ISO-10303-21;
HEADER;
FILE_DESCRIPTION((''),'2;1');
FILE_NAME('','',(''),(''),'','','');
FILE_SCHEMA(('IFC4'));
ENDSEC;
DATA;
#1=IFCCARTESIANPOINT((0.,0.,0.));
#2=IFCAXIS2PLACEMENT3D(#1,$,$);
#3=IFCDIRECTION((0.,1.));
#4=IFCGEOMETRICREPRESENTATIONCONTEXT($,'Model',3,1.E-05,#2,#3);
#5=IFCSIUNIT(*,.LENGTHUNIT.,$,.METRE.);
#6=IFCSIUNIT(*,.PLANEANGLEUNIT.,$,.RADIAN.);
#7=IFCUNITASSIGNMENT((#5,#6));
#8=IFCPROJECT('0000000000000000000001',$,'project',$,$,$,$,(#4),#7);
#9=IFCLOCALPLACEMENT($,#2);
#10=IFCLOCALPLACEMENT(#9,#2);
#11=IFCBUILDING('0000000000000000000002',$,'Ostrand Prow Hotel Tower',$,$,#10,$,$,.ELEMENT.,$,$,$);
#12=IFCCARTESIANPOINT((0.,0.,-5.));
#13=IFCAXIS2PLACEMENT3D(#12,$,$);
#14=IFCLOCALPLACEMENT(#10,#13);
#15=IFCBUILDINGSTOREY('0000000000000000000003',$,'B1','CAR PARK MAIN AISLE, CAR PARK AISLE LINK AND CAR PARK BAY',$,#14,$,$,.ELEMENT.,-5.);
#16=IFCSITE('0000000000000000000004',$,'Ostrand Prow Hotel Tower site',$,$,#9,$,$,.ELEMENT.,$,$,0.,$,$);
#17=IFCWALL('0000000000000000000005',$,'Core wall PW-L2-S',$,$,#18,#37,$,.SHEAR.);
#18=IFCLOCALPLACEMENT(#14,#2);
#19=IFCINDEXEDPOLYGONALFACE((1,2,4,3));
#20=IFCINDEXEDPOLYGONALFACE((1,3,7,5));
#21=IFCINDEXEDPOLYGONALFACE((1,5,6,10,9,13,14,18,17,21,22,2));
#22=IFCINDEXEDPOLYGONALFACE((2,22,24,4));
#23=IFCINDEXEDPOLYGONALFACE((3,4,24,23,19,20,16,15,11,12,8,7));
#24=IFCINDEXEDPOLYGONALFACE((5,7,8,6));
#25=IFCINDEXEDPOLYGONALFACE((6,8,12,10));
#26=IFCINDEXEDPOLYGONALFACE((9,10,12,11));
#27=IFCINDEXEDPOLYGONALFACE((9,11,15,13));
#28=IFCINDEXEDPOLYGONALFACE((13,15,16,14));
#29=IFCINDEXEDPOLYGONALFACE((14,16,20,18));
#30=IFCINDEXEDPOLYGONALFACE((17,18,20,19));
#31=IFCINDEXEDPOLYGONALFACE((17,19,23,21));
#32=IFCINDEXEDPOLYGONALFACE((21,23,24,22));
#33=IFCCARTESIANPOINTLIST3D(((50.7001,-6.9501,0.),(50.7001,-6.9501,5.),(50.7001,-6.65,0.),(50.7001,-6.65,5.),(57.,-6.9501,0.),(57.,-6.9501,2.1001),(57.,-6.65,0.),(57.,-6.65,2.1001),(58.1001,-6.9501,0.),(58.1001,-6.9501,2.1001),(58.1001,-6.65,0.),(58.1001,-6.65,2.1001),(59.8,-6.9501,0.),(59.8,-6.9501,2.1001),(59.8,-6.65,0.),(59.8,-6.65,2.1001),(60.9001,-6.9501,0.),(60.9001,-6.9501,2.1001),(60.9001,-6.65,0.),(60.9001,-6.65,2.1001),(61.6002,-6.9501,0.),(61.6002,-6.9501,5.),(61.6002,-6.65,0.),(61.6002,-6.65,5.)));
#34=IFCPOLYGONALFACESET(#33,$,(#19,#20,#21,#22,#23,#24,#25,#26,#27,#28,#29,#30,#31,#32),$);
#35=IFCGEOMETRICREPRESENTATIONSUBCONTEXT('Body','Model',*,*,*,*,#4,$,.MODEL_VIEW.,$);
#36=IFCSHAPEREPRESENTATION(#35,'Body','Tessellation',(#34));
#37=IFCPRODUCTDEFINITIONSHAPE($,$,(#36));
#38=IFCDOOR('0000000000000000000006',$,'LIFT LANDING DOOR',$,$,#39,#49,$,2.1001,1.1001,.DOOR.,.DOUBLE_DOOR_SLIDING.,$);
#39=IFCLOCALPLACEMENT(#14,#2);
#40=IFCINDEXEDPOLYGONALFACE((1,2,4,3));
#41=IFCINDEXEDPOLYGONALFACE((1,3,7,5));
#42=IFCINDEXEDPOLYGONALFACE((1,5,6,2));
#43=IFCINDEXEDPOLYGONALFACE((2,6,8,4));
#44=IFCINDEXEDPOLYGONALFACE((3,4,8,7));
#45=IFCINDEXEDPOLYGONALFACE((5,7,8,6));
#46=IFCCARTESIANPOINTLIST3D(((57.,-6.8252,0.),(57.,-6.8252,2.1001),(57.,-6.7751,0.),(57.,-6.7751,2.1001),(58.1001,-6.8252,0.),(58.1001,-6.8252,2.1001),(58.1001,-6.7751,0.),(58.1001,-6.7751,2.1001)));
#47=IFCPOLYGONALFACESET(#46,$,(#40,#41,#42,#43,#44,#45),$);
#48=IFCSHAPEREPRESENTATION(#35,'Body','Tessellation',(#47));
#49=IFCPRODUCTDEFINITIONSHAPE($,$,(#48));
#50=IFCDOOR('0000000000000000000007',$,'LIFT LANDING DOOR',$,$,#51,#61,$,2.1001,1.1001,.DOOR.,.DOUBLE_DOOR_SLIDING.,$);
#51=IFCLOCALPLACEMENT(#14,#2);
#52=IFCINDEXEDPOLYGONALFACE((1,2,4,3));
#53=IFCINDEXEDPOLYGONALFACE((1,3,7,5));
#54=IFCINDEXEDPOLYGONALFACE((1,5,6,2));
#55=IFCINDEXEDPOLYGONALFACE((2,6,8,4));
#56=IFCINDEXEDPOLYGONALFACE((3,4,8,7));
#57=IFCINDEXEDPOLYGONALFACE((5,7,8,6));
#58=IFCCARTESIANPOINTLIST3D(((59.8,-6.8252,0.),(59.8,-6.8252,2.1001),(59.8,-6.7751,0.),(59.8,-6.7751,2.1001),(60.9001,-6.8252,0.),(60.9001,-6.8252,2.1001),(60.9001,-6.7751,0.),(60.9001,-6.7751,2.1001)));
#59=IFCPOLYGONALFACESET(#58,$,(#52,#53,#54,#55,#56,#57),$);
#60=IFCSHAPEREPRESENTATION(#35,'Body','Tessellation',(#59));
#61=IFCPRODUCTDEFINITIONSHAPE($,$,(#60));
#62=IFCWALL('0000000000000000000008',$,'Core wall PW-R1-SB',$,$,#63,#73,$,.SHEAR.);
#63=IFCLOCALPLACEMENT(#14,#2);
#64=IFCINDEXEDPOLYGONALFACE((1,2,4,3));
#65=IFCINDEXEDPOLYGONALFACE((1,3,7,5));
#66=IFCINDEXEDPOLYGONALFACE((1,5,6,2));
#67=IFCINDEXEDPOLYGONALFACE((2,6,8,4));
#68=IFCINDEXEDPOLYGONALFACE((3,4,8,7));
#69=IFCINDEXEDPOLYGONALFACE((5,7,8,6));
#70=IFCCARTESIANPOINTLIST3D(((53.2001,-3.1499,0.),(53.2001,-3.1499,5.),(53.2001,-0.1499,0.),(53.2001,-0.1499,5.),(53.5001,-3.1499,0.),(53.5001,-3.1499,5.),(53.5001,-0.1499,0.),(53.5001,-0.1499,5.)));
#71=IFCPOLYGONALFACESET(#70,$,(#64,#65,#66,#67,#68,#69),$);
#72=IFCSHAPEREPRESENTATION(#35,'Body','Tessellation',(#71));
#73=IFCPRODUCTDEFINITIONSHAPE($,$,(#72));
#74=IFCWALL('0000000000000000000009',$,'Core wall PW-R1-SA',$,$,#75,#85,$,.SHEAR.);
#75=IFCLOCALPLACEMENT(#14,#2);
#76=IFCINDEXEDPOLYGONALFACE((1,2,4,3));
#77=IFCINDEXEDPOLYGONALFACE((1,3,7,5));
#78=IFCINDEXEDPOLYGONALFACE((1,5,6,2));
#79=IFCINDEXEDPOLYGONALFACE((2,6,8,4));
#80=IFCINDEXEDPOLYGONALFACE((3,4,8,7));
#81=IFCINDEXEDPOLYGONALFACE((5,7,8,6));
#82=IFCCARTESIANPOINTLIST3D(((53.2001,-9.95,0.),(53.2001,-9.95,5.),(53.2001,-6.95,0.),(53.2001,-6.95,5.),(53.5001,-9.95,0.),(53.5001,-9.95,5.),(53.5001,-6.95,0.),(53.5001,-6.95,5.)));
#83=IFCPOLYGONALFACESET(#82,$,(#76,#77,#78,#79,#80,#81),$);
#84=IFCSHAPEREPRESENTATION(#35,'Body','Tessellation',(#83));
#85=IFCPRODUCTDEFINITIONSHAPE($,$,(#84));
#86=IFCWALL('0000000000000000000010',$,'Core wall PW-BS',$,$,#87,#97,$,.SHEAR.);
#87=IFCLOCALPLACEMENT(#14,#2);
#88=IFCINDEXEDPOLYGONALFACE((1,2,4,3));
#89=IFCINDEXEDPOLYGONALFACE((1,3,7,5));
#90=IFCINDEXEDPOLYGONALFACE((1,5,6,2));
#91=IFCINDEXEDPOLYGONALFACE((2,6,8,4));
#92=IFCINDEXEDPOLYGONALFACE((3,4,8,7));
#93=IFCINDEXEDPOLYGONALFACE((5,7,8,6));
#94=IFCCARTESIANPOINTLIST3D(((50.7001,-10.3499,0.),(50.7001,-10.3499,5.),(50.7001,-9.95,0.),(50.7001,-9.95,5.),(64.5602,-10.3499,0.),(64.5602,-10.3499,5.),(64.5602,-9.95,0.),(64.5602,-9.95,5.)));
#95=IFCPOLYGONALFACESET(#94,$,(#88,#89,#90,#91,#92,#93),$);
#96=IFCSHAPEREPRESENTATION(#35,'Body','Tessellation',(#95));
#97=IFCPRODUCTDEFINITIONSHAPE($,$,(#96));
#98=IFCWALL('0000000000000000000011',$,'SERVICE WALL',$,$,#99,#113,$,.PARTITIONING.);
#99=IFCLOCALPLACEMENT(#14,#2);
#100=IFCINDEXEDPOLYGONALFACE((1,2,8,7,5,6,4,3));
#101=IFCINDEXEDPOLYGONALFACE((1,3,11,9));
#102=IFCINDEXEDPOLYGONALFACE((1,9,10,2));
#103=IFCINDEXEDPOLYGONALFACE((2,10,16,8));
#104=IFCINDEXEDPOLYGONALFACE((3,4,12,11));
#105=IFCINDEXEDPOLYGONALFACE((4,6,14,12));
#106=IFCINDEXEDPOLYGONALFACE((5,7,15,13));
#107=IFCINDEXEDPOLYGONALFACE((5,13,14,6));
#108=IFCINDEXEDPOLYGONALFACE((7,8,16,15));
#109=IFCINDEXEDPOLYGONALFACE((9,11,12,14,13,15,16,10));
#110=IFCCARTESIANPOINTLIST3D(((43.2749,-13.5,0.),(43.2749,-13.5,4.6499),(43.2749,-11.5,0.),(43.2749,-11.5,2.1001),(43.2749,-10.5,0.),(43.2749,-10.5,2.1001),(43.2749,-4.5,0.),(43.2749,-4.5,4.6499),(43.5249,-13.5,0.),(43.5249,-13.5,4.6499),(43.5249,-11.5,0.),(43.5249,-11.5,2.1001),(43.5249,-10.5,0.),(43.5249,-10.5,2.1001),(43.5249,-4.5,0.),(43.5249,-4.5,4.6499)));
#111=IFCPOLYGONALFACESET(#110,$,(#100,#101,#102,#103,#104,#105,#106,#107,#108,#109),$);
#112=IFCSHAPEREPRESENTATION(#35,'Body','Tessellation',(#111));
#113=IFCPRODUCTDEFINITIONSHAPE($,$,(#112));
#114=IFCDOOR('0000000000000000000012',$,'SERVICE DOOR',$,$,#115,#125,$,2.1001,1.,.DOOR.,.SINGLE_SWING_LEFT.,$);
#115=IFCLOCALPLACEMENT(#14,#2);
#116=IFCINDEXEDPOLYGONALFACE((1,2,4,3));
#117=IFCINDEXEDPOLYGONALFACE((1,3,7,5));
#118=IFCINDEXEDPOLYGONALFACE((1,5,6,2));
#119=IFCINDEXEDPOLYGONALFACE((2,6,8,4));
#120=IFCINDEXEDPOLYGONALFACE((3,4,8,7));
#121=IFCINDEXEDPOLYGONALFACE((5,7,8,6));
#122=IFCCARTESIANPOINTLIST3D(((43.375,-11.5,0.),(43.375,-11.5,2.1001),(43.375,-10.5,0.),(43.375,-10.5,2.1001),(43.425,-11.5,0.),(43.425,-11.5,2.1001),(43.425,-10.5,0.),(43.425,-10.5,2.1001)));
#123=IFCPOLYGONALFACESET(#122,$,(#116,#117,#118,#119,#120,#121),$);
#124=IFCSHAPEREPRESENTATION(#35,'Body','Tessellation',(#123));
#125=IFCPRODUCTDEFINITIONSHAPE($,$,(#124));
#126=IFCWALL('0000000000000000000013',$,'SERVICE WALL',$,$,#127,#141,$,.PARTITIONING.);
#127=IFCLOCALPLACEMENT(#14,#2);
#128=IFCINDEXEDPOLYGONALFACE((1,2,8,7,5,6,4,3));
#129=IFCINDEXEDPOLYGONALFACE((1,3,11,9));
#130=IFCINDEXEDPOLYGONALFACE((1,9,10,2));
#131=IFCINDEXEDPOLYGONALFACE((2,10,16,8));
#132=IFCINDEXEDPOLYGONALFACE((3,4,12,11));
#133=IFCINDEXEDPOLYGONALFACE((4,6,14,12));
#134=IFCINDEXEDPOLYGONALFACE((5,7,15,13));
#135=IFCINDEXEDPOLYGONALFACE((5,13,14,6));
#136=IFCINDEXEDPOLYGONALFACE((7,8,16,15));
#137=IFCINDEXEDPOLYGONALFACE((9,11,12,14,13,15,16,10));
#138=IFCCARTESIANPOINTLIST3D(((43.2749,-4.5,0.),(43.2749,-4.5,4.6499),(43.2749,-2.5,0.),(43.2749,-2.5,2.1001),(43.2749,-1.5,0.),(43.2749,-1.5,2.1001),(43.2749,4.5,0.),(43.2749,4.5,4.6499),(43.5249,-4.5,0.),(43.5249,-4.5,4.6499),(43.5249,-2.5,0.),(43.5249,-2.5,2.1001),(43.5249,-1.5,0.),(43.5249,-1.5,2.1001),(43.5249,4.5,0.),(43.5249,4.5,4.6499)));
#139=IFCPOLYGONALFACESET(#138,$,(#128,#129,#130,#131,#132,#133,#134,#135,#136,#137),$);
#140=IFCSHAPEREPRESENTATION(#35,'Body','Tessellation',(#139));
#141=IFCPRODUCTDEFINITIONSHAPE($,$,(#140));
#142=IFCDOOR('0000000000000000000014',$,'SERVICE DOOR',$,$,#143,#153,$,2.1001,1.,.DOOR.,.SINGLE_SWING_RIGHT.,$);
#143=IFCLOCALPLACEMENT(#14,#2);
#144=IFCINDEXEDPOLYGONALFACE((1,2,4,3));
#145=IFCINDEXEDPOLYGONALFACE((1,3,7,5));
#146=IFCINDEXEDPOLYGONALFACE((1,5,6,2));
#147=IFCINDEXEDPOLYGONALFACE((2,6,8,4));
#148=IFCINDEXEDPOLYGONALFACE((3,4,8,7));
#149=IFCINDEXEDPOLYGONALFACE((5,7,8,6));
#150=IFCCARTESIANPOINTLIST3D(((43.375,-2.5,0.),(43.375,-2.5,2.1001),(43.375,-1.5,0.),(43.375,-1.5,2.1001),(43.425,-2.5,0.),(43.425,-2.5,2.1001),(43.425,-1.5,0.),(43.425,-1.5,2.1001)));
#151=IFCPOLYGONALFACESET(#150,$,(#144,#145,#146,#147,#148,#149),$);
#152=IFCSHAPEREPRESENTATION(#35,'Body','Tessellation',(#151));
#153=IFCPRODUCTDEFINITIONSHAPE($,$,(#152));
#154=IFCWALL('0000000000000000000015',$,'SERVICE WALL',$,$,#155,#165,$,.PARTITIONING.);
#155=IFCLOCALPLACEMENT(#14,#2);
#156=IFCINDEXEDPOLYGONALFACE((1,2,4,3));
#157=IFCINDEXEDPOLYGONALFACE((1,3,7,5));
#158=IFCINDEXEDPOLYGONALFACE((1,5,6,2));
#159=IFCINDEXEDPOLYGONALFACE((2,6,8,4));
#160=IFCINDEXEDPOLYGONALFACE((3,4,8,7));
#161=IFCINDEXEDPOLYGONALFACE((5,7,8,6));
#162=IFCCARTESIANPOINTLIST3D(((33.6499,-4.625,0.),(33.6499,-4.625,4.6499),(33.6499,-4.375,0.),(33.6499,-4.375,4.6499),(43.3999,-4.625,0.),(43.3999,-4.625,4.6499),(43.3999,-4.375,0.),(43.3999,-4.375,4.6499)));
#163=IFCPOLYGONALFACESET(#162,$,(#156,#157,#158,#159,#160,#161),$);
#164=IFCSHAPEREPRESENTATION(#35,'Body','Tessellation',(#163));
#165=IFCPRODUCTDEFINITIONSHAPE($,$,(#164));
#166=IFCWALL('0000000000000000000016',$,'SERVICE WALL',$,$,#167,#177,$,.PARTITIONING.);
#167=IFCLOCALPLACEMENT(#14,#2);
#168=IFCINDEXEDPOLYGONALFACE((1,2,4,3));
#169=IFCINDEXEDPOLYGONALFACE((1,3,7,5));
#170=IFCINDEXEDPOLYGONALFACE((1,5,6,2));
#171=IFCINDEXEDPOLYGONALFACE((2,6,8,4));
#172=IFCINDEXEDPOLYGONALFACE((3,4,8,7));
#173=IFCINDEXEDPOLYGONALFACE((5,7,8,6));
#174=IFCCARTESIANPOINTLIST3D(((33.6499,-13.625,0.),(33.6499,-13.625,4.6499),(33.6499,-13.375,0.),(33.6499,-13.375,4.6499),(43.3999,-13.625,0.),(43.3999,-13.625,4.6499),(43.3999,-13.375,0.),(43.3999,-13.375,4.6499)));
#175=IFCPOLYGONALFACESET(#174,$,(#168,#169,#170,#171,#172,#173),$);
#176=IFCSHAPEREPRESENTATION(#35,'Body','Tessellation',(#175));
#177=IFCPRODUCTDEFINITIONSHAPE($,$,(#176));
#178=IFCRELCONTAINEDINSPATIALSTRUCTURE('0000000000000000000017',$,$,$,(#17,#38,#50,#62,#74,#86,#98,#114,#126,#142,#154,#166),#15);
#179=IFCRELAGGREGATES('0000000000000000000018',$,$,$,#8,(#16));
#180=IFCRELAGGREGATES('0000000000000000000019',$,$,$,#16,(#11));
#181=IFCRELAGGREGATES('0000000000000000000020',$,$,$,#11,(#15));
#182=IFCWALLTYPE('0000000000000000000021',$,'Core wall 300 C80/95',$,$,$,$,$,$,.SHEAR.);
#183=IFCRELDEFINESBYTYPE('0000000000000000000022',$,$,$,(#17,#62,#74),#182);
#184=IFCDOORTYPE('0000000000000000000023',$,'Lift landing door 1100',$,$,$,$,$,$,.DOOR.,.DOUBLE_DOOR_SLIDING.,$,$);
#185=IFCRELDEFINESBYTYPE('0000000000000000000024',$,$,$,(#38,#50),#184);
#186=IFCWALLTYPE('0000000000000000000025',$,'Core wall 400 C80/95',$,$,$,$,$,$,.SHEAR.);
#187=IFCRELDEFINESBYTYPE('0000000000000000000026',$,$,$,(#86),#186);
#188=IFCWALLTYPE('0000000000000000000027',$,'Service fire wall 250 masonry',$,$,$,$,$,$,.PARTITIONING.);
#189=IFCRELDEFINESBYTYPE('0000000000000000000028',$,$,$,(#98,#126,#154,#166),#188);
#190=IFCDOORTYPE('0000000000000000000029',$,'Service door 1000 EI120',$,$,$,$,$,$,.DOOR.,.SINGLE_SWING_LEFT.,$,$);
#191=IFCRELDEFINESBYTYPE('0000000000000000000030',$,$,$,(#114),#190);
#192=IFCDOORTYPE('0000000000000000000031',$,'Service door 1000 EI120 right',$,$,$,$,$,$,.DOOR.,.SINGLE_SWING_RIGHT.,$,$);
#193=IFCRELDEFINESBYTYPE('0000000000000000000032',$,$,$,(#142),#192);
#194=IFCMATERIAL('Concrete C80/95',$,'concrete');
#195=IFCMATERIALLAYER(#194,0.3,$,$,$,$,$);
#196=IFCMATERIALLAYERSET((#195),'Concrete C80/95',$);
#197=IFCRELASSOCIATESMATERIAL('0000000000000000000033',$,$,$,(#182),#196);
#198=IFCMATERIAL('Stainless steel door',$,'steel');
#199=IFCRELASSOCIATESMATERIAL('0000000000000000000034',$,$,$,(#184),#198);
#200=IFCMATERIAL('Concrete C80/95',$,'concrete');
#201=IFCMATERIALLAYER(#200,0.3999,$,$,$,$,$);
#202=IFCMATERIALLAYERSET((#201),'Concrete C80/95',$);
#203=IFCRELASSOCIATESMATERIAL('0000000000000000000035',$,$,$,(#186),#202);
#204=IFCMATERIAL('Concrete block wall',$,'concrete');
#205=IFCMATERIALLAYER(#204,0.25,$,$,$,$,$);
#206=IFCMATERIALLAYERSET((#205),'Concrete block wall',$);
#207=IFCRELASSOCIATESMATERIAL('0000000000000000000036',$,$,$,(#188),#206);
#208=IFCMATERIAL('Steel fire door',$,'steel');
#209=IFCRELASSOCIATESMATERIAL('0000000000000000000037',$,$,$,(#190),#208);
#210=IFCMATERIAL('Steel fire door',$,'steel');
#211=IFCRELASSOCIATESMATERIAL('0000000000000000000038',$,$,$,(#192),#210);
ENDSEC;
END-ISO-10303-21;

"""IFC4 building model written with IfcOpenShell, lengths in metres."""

from ifc_helpers import new_model, si_unit, direction, frame, frame_2d, origin, place, context, subcontext, project, spatial, rectangle, extrude, material, layer, layer_set, type_object, element, fill, save


model = new_model("IFC4")

# Units and contexts
model_context = context("Model", 3, precision=1e-05, world=origin(), true_north=direction((0.0, 1.0)))
body_context = subcontext(model_context, "Body", "Model", "MODEL_VIEW")
ifc_project = project(units=[si_unit("LENGTHUNIT", "METRE"), si_unit("PLANEANGLEUNIT", "RADIAN")], contexts=[model_context])

# Site, building, storey
site_placement = place(None, origin())
site = spatial("IfcSite", under=ifc_project, at=site_placement, Name="Ostrand Prow Hotel Tower site", CompositionType="ELEMENT", RefElevation=0.0)
building_placement = place(site_placement, origin())
building = spatial("IfcBuilding", under=site, at=building_placement, Name="Ostrand Prow Hotel Tower", CompositionType="ELEMENT")
storey_placement = place(building_placement, frame((0.0, 0.0, -5.0)))
storey = spatial("IfcBuildingStorey", under=building, at=storey_placement, Name="B1", Description="CAR PARK MAIN AISLE, CAR PARK AISLE LINK AND CAR PARK BAY", CompositionType="ELEMENT", Elevation=-5.0)

# Shared definitions
ifc_material_1 = material(Name="Concrete C80/95", Category="concrete")
ifc_layer_1 = layer(ifc_material_1, 0.3)
ifc_layer_set_1 = layer_set([ifc_layer_1], Name="Concrete C80/95")
wall_type_1 = type_object("IfcWallType", Name="Core wall 300 C80/95", PredefinedType="SHEAR", material=ifc_layer_set_1)

# Wall, openings, doors
wall_1_placement = place(storey_placement, frame((50.7, -6.8, 0.0), z_axis=(0.0, 0.0, 1.0), x_axis=(1.0, 0.0, 0.0)))
wall_1 = element("IfcWall", 1, at=wall_1_placement, inside=storey, type_object=wall_type_1, Name="Core wall PW-L2-S", PredefinedType="SHEAR", context=body_context, shape_type="SweptSolid", body=[
    extrude(rectangle(XDim=10.9001, YDim=0.3, at=frame_2d((5.4502, 0.0))), origin(), (0.0, 0.0, 1.0), 5.0),
])
opening_1_placement = place(wall_1_placement, frame((6.3, 0.0, 0.0)))
opening_1 = element("IfcOpeningElement", 2, at=opening_1_placement, cuts=wall_1, PredefinedType="OPENING", context=body_context, shape_type="SweptSolid", body=[
    extrude(rectangle(XDim=1.1001, YDim=2.1001, at=frame_2d((0.55, 1.05))), frame((0.0, 0.1599, 0.0), z_axis=(0.0, -1.0, 0.0), x_axis=(1.0, 0.0, 0.0)), (0.0, 0.0, 1.0), 0.3201),
])
opening_2_placement = place(wall_1_placement, frame((9.1001, 0.0, 0.0)))
opening_2 = element("IfcOpeningElement", 3, at=opening_2_placement, cuts=wall_1, PredefinedType="OPENING", context=body_context, shape_type="SweptSolid", body=[
    extrude(rectangle(XDim=1.1001, YDim=2.1001, at=frame_2d((0.55, 1.05))), frame((0.0, 0.1599, 0.0), z_axis=(0.0, -1.0, 0.0), x_axis=(1.0, 0.0, 0.0)), (0.0, 0.0, 1.0), 0.3201),
])
ifc_material_2 = material(Name="Stainless steel door", Category="steel")
door_type_1 = type_object("IfcDoorType", Name="Lift landing door 1100", OperationType="DOUBLE_DOOR_SLIDING", PredefinedType="DOOR", material=ifc_material_2)
door_1_placement = place(opening_1_placement, origin())
door_1 = element("IfcDoor", 4, at=door_1_placement, inside=storey, type_object=door_type_1, Name="LIFT LANDING DOOR", OperationType="DOUBLE_DOOR_SLIDING", OverallHeight=2.1001, OverallWidth=1.1001, PredefinedType="DOOR", context=body_context, shape_type="SweptSolid", body=[
    extrude(rectangle(XDim=1.1001, YDim=2.1001, at=frame_2d((0.55, 1.05))), frame((0.0, 0.0249, 0.0), z_axis=(0.0, -1.0, 0.0), x_axis=(1.0, 0.0, 0.0)), (0.0, 0.0, 1.0), 0.05),
])
fill(opening_1, door_1)
door_2_placement = place(opening_2_placement, origin())
door_2 = element("IfcDoor", 5, at=door_2_placement, inside=storey, type_object=door_type_1, Name="LIFT LANDING DOOR", OperationType="DOUBLE_DOOR_SLIDING", OverallHeight=2.1001, OverallWidth=1.1001, PredefinedType="DOOR", context=body_context, shape_type="SweptSolid", body=[
    extrude(rectangle(XDim=1.1001, YDim=2.1001, at=frame_2d((0.55, 1.05))), frame((0.0, 0.0249, 0.0), z_axis=(0.0, -1.0, 0.0), x_axis=(1.0, 0.0, 0.0)), (0.0, 0.0, 1.0), 0.05),
])
fill(opening_2, door_2)

# Walls
for number, where, z_axis, x_axis, name in (
    (6, (53.3501, -3.1499, 0.0), (0.0, 0.0, 1.0), (0.0, 1.0, 0.0), "Core wall PW-R1-SB"),
    (7, (53.3501, -9.95, 0.0), (0.0, 0.0, 1.0), (0.0, 1.0, 0.0), "Core wall PW-R1-SA"),
):
    element("IfcWall", number, at=place(storey_placement, frame(where, z_axis=z_axis, x_axis=x_axis)), inside=storey, type_object=wall_type_1, Name=name, PredefinedType="SHEAR", context=body_context, shape_type="SweptSolid", body=[
        extrude(rectangle(XDim=3.0, YDim=0.3, at=frame_2d((1.5, 0.0))), origin(), (0.0, 0.0, 1.0), 5.0),
    ])
ifc_material_3 = material(Name="Concrete C80/95", Category="concrete")
ifc_layer_2 = layer(ifc_material_3, 0.3999)
ifc_layer_set_2 = layer_set([ifc_layer_2], Name="Concrete C80/95")
wall_type_2 = type_object("IfcWallType", Name="Core wall 400 C80/95", PredefinedType="SHEAR", material=ifc_layer_set_2)
wall_2_placement = place(storey_placement, frame((50.7, -10.1499, 0.0), z_axis=(0.0, 0.0, 1.0), x_axis=(1.0, 0.0, 0.0)))
element("IfcWall", 8, at=wall_2_placement, inside=storey, type_object=wall_type_2, Name="Core wall PW-BS", PredefinedType="SHEAR", context=body_context, shape_type="SweptSolid", body=[
    extrude(rectangle(XDim=13.8601, YDim=0.3999, at=frame_2d((6.9302, 0.0))), origin(), (0.0, 0.0, 1.0), 5.0),
])

# Walls, openings, doors
ifc_material_4 = material(Name="Concrete block wall", Category="concrete")
ifc_layer_3 = layer(ifc_material_4, 0.25)
ifc_layer_set_3 = layer_set([ifc_layer_3], Name="Concrete block wall")
wall_type_3 = type_object("IfcWallType", Name="Service fire wall 250 masonry", PredefinedType="PARTITIONING", material=ifc_layer_set_3)
wall_3_placement = place(storey_placement, frame((43.3999, -13.5, 0.0), z_axis=(0.0, 0.0, 1.0), x_axis=(0.0, 1.0, 0.0)))
wall_3 = element("IfcWall", 9, at=wall_3_placement, inside=storey, type_object=wall_type_3, Name="SERVICE WALL", PredefinedType="PARTITIONING", context=body_context, shape_type="SweptSolid", body=[
    extrude(rectangle(XDim=9.0, YDim=0.25, at=frame_2d((4.5, 0.0))), origin(), (0.0, 0.0, 1.0), 4.6499),
])
opening_3_placement = place(wall_3_placement, frame((2.0, 0.0, 0.0)))
opening_3 = element("IfcOpeningElement", 10, at=opening_3_placement, cuts=wall_3, PredefinedType="OPENING", context=body_context, shape_type="SweptSolid", body=[
    extrude(rectangle(XDim=1.0, YDim=2.1001, at=frame_2d((0.5, 1.05))), frame((0.0, 0.135, 0.0), z_axis=(0.0, -1.0, 0.0), x_axis=(1.0, 0.0, 0.0)), (0.0, 0.0, 1.0), 0.27),
])
ifc_material_5 = material(Name="Steel fire door", Category="steel")
door_type_2 = type_object("IfcDoorType", Name="Service door 1000 EI120", OperationType="SINGLE_SWING_LEFT", PredefinedType="DOOR", material=ifc_material_5)
door_3_placement = place(opening_3_placement, origin())
door_3 = element("IfcDoor", 11, at=door_3_placement, inside=storey, type_object=door_type_2, Name="SERVICE DOOR", OperationType="SINGLE_SWING_LEFT", OverallHeight=2.1001, OverallWidth=1.0, PredefinedType="DOOR", context=body_context, shape_type="SweptSolid", body=[
    extrude(rectangle(XDim=1.0, YDim=2.1001, at=frame_2d((0.5, 1.05))), frame((0.0, 0.0249, 0.0), z_axis=(0.0, -1.0, 0.0), x_axis=(1.0, 0.0, 0.0)), (0.0, 0.0, 1.0), 0.05),
])
fill(opening_3, door_3)
wall_4_placement = place(storey_placement, frame((43.3999, -4.5, 0.0), z_axis=(0.0, 0.0, 1.0), x_axis=(0.0, 1.0, 0.0)))
wall_4 = element("IfcWall", 12, at=wall_4_placement, inside=storey, type_object=wall_type_3, Name="SERVICE WALL", PredefinedType="PARTITIONING", context=body_context, shape_type="SweptSolid", body=[
    extrude(rectangle(XDim=9.0, YDim=0.25, at=frame_2d((4.5, 0.0))), origin(), (0.0, 0.0, 1.0), 4.6499),
])
opening_4_placement = place(wall_4_placement, frame((2.0, 0.0, 0.0)))
opening_4 = element("IfcOpeningElement", 13, at=opening_4_placement, cuts=wall_4, PredefinedType="OPENING", context=body_context, shape_type="SweptSolid", body=[
    extrude(rectangle(XDim=1.0, YDim=2.1001, at=frame_2d((0.5, 1.05))), frame((0.0, 0.135, 0.0), z_axis=(0.0, -1.0, 0.0), x_axis=(1.0, 0.0, 0.0)), (0.0, 0.0, 1.0), 0.27),
])
ifc_material_6 = material(Name="Steel fire door", Category="steel")
door_type_3 = type_object("IfcDoorType", Name="Service door 1000 EI120 right", OperationType="SINGLE_SWING_RIGHT", PredefinedType="DOOR", material=ifc_material_6)
door_4_placement = place(opening_4_placement, origin())
door_4 = element("IfcDoor", 14, at=door_4_placement, inside=storey, type_object=door_type_3, Name="SERVICE DOOR", OperationType="SINGLE_SWING_RIGHT", OverallHeight=2.1001, OverallWidth=1.0, PredefinedType="DOOR", context=body_context, shape_type="SweptSolid", body=[
    extrude(rectangle(XDim=1.0, YDim=2.1001, at=frame_2d((0.5, 1.05))), frame((0.0, 0.0249, 0.0), z_axis=(0.0, -1.0, 0.0), x_axis=(1.0, 0.0, 0.0)), (0.0, 0.0, 1.0), 0.05),
])
fill(opening_4, door_4)

# Walls
for number, where, z_axis, x_axis, name in (
    (15, (33.6499, -4.5, 0.0), (0.0, 0.0, 1.0), (1.0, 0.0, 0.0), "SERVICE WALL"),
    (16, (33.6499, -13.5, 0.0), (0.0, 0.0, 1.0), (1.0, 0.0, 0.0), "SERVICE WALL"),
):
    element("IfcWall", number, at=place(storey_placement, frame(where, z_axis=z_axis, x_axis=x_axis)), inside=storey, type_object=wall_type_3, Name=name, PredefinedType="PARTITIONING", context=body_context, shape_type="SweptSolid", body=[
        extrude(rectangle(XDim=9.75, YDim=0.25, at=frame_2d((4.875, 0.0))), origin(), (0.0, 0.0, 1.0), 4.6499),
    ])

save(model, "model.ifc")
